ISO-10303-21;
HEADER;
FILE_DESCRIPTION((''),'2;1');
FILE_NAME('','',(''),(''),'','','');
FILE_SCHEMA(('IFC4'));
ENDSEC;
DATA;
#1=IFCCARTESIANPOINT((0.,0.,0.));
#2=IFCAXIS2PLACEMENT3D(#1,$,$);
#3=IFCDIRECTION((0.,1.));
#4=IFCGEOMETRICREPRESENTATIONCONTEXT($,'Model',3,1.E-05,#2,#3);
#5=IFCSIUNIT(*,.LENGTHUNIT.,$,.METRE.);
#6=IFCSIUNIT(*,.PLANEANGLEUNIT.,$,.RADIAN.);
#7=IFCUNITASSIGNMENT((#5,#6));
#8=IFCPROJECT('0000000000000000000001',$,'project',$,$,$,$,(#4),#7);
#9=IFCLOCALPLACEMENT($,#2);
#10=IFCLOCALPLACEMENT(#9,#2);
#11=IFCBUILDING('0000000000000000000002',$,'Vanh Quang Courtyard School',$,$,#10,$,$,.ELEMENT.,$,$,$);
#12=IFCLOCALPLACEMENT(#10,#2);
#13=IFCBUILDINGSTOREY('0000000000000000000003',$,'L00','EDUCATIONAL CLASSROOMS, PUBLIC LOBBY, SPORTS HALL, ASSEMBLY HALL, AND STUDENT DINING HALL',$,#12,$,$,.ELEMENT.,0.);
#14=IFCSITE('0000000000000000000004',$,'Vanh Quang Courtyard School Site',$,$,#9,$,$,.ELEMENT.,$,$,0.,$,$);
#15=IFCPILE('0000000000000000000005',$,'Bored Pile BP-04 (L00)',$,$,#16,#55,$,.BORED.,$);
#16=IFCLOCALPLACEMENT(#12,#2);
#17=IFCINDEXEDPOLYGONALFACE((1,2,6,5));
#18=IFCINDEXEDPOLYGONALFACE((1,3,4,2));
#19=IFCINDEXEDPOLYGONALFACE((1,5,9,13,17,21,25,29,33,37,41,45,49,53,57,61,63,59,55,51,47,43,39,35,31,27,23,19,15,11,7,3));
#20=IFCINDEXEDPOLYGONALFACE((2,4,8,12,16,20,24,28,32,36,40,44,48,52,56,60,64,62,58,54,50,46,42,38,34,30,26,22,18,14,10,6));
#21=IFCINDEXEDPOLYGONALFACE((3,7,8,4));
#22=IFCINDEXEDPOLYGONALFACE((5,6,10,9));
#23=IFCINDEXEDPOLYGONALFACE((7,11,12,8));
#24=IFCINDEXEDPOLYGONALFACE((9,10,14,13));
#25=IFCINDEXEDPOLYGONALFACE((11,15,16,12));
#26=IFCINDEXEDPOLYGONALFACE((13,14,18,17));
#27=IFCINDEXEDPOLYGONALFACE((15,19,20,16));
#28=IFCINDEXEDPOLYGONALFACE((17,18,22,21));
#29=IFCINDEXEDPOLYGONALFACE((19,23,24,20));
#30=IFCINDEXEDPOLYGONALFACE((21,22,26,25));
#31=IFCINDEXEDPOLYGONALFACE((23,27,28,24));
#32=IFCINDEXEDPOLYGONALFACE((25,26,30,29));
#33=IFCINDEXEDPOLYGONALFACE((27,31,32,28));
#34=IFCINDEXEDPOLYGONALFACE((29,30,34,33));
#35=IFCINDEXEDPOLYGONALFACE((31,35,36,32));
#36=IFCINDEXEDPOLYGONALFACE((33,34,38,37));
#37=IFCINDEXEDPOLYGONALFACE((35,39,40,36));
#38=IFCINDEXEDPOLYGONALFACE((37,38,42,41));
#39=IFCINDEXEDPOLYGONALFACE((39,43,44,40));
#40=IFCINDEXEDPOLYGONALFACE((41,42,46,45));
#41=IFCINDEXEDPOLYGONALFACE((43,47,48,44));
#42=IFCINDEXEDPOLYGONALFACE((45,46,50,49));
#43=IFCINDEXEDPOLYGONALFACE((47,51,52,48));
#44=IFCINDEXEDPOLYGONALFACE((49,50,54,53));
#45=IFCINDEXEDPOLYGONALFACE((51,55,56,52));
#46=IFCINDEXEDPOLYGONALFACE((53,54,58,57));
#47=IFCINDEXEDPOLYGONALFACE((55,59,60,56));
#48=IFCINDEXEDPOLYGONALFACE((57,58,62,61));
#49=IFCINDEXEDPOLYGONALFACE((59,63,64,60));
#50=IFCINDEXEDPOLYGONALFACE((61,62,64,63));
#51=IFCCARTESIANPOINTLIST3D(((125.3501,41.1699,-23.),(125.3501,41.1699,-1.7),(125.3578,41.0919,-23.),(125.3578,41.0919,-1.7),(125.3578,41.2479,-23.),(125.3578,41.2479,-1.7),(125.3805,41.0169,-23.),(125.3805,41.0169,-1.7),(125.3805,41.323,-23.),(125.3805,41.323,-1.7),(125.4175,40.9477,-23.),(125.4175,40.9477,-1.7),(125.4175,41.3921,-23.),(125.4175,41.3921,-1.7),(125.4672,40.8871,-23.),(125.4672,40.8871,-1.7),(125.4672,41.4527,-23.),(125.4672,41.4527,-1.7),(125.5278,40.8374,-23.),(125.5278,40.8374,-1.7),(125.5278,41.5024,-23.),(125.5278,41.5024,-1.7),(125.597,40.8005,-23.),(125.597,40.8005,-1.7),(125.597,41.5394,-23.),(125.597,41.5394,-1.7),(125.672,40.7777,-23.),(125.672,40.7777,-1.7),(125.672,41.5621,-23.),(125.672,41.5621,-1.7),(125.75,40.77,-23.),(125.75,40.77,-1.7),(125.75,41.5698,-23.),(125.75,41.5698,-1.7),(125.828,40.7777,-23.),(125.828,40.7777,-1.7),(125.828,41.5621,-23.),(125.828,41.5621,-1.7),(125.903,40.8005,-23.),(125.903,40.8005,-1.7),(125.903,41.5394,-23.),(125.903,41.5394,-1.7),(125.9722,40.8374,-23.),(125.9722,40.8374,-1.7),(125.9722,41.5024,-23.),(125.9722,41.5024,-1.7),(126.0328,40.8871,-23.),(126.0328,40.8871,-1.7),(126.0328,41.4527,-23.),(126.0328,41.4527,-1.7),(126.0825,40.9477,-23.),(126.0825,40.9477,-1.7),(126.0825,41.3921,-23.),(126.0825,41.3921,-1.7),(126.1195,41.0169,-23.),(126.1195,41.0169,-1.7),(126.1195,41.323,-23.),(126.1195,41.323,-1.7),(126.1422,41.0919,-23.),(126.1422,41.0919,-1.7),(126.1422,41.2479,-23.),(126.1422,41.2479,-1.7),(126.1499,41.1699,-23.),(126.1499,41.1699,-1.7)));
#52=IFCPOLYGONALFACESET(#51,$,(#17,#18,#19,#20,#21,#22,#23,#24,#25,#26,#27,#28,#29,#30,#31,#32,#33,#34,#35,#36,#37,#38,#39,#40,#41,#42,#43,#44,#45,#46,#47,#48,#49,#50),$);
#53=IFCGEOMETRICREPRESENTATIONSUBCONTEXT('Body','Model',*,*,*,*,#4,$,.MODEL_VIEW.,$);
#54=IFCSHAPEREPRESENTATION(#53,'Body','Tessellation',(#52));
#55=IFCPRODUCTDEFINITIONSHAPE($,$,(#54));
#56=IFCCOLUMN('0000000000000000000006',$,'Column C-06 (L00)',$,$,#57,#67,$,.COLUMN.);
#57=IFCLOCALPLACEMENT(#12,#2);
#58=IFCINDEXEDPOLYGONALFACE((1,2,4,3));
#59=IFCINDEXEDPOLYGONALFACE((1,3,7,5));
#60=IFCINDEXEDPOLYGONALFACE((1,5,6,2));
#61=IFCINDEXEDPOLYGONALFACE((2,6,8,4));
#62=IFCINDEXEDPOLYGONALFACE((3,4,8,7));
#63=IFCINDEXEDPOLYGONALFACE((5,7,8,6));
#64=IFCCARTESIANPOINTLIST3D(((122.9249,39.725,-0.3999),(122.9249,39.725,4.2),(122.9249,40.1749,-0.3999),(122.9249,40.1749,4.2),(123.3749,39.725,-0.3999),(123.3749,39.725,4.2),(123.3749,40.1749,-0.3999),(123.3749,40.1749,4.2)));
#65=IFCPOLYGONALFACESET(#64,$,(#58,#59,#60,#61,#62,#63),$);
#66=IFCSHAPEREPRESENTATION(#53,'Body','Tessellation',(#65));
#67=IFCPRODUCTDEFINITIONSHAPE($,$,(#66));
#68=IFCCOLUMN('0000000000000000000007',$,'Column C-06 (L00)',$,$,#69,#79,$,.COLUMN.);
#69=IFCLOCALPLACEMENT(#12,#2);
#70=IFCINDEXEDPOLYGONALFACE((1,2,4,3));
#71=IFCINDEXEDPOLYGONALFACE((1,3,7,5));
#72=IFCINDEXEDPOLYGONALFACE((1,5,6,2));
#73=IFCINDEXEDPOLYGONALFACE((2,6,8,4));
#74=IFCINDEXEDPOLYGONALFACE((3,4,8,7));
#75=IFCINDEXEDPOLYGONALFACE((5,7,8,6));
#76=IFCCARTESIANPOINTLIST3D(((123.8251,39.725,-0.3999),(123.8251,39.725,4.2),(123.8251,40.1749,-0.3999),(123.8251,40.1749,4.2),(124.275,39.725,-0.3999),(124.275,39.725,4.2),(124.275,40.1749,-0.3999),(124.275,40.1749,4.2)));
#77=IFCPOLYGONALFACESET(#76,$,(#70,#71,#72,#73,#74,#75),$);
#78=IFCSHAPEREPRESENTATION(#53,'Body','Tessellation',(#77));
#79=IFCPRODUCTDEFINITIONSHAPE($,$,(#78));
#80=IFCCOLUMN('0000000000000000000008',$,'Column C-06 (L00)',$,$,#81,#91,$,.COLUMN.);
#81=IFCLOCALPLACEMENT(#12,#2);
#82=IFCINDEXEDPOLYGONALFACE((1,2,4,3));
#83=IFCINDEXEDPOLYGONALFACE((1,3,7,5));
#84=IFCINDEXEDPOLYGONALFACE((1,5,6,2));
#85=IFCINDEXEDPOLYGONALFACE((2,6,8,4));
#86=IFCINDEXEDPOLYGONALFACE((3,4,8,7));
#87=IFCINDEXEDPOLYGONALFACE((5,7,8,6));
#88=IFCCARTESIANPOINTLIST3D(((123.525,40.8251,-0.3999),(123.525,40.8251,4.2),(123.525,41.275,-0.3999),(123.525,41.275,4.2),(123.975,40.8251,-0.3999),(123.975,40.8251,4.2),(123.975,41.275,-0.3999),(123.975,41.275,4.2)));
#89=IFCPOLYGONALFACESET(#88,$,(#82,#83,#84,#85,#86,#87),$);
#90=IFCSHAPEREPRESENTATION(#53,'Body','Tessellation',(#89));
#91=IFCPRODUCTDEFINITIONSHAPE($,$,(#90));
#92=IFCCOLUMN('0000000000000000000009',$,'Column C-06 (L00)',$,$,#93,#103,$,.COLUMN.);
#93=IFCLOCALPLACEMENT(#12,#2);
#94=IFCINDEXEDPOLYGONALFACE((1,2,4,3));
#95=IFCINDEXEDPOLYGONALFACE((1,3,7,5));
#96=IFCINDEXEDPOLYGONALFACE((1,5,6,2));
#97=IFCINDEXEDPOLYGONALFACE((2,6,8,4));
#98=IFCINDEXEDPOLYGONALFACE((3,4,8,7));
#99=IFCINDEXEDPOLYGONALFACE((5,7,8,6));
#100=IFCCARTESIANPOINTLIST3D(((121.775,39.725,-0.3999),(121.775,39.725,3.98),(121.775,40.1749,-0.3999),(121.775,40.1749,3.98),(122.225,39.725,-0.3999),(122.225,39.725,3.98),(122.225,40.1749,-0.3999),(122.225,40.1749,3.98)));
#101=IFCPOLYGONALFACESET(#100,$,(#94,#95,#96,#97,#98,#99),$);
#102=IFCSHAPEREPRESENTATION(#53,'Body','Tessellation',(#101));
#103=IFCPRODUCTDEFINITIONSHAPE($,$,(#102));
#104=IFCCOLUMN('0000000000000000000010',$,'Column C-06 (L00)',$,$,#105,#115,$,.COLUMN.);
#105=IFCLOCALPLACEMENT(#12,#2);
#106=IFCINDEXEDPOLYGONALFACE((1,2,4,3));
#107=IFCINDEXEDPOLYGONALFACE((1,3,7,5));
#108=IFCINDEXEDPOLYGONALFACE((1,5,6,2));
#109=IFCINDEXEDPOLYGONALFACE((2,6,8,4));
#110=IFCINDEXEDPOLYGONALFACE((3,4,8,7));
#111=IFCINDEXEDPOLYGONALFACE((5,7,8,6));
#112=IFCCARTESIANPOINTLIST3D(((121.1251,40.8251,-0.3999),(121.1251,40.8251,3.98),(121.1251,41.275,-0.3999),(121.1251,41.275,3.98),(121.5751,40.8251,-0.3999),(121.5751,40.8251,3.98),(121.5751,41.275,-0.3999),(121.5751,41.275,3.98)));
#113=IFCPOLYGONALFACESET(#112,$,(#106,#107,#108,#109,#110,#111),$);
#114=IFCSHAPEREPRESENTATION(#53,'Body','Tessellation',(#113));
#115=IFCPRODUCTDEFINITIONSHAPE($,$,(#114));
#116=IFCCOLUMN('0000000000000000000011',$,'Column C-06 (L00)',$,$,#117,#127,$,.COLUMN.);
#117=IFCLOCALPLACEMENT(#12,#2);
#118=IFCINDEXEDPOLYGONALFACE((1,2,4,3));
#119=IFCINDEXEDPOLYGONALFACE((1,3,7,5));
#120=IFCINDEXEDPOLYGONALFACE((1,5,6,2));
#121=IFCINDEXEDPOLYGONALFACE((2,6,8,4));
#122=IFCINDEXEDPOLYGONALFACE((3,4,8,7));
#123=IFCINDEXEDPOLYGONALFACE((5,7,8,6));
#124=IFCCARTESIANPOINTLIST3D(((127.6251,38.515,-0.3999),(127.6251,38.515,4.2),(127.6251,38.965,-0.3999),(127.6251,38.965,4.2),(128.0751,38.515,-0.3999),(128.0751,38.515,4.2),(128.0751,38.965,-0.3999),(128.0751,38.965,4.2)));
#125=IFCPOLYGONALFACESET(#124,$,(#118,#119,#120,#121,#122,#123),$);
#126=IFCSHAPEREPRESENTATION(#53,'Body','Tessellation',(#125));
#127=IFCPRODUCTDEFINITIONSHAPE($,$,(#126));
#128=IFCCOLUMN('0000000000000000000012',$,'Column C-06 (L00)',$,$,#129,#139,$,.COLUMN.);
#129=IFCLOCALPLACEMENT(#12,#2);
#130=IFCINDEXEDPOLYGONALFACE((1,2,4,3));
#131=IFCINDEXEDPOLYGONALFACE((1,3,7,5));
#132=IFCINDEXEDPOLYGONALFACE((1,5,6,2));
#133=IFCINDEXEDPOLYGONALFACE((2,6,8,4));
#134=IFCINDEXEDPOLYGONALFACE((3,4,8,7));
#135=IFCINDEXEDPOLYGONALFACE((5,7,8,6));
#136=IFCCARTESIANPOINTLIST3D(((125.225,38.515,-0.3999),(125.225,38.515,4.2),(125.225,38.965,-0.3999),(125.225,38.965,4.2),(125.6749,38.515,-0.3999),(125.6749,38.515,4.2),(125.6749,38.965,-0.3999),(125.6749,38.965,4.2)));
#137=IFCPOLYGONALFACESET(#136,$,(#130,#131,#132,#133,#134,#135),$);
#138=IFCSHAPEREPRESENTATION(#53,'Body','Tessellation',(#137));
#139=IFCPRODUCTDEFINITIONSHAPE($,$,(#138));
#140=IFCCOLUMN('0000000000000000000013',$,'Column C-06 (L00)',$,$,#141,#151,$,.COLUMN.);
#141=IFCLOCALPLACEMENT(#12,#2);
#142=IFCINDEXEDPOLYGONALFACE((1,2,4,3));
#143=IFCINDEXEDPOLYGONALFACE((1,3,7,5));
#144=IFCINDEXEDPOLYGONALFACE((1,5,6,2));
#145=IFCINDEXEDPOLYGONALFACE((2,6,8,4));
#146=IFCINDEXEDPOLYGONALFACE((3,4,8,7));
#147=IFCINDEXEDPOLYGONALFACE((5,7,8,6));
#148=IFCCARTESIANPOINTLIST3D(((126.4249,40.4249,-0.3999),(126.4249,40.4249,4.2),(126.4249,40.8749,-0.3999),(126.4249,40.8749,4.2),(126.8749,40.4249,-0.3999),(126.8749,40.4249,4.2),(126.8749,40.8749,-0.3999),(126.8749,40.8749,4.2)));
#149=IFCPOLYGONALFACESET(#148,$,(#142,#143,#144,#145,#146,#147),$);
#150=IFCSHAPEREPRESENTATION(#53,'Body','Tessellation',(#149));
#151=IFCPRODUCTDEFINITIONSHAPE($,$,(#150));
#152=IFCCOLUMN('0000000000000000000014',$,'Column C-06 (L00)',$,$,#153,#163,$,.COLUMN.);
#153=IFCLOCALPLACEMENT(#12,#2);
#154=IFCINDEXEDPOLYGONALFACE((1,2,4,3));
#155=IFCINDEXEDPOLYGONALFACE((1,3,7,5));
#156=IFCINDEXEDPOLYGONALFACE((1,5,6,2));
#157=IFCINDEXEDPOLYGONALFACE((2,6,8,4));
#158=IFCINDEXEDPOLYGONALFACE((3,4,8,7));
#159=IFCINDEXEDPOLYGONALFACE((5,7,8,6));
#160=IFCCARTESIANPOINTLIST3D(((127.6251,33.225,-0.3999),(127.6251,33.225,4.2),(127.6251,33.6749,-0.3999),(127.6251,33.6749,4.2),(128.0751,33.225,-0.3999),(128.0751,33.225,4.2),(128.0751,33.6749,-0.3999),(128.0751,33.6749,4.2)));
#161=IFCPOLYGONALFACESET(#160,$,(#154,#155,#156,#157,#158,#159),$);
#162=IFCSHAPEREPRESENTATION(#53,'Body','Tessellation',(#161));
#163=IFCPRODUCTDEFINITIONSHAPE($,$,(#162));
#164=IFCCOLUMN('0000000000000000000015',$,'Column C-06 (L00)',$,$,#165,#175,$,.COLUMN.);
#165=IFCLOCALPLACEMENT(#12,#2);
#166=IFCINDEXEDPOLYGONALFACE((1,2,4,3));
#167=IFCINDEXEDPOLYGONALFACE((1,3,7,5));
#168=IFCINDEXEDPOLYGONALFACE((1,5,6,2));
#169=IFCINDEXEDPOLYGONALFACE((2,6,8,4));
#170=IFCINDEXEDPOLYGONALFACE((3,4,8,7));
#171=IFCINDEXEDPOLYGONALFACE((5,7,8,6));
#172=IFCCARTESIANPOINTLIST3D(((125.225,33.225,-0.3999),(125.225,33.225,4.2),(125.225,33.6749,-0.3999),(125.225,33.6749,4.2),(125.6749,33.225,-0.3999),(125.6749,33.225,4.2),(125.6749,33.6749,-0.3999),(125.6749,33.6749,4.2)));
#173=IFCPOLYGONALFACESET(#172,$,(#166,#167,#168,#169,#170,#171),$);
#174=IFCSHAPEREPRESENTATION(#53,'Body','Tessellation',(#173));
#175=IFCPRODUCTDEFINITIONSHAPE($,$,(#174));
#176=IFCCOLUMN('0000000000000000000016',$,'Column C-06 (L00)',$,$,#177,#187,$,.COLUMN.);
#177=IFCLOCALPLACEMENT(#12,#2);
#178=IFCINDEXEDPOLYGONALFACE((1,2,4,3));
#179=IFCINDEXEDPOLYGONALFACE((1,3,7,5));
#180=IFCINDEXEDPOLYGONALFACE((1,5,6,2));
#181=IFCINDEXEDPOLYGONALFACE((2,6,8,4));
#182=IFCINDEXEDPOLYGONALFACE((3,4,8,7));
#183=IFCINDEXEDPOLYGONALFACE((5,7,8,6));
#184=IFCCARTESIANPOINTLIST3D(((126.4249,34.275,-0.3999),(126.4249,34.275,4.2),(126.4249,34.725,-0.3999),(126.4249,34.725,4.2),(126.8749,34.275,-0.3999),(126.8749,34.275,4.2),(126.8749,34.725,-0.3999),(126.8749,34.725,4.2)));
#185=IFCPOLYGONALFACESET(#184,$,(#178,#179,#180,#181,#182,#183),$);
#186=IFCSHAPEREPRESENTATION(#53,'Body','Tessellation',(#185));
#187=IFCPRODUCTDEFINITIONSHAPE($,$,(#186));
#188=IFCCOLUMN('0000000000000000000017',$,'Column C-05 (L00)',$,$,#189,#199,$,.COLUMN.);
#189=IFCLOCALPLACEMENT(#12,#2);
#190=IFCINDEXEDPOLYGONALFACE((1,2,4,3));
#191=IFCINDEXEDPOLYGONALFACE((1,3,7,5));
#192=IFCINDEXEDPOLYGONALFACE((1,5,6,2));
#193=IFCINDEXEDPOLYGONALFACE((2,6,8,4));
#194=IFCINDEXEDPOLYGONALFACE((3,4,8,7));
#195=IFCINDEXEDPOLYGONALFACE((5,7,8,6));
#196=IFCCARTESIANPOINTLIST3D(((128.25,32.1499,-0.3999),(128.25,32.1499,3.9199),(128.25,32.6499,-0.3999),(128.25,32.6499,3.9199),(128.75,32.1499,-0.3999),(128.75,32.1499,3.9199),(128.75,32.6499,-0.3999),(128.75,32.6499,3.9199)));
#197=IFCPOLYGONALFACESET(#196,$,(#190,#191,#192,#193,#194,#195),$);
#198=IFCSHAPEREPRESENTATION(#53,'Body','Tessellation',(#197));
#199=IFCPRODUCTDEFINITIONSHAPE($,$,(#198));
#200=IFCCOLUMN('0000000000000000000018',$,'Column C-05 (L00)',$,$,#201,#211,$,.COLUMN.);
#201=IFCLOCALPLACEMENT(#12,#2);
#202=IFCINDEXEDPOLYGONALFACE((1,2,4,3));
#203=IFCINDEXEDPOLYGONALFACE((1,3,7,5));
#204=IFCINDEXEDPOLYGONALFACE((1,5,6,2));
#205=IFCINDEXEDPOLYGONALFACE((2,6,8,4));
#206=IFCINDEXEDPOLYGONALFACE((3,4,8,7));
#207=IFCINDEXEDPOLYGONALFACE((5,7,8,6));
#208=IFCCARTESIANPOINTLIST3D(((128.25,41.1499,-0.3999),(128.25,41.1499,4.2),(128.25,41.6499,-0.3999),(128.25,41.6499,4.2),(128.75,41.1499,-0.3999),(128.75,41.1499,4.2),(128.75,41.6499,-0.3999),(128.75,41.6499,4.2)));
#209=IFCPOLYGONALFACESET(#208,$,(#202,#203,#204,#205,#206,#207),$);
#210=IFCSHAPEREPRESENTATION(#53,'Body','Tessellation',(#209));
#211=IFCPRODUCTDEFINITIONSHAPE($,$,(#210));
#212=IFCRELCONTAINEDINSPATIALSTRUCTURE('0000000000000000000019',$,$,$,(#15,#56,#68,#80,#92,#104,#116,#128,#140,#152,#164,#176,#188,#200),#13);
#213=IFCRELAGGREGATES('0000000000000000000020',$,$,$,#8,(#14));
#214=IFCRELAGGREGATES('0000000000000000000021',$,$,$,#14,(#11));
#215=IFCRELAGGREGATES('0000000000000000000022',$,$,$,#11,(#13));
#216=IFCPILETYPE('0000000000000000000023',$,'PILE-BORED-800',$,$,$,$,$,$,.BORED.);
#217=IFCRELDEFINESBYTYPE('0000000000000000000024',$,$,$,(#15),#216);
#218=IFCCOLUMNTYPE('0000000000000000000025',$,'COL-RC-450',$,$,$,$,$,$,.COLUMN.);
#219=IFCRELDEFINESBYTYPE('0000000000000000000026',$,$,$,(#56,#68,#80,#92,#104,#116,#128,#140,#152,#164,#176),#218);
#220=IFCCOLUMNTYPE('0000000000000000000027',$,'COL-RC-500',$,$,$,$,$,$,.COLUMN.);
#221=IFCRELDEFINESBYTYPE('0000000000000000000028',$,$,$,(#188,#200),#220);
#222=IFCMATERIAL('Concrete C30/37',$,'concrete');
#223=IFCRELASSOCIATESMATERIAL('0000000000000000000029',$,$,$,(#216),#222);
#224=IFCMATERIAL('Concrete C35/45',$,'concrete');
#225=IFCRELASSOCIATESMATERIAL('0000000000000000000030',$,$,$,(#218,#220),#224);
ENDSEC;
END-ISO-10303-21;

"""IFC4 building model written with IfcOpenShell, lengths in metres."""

from ifc_helpers import new_model, si_unit, direction, frame, origin, origin_2d, place, context, subcontext, project, spatial, rectangle, circle, extrude, material, material_profile, profile_set, type_object, element, save


model = new_model("IFC4")

# Units and contexts
model_context = context("Model", 3, precision=1e-05, world=origin(), true_north=direction((0.0, 1.0)))
body_context = subcontext(model_context, "Body", "Model", "MODEL_VIEW")
ifc_project = project(units=[si_unit("LENGTHUNIT", "METRE"), si_unit("PLANEANGLEUNIT", "RADIAN")], contexts=[model_context])

# Site, building, storey
site_placement = place(None, origin())
site = spatial("IfcSite", under=ifc_project, at=site_placement, Name="Vanh Quang Courtyard School Site", CompositionType="ELEMENT", RefElevation=0.0)
building_placement = place(site_placement, origin())
building = spatial("IfcBuilding", under=site, at=building_placement, Name="Vanh Quang Courtyard School", CompositionType="ELEMENT")
storey_placement = place(building_placement, origin())
storey = spatial("IfcBuildingStorey", under=building, at=storey_placement, Name="L00", Description="EDUCATIONAL CLASSROOMS, PUBLIC LOBBY, SPORTS HALL, ASSEMBLY HALL, AND STUDENT DINING HALL", CompositionType="ELEMENT", Elevation=0.0)

# Shared definitions
ifc_material_1 = material(Name="Concrete C35/45", Category="concrete")

# Pile
ifc_material_2 = material(Name="Concrete C30/37", Category="concrete")
ifc_material_profile_1 = material_profile(ifc_material_2, circle(Radius=0.3999, at=origin_2d()), Name="PILE D800")
ifc_profile_set_1 = profile_set([ifc_material_profile_1], Name="Concrete C30/37")
pile_type_1 = type_object("IfcPileType", Name="PILE-BORED-800", PredefinedType="BORED", material=ifc_profile_set_1)
for number, where, z_axis, x_axis, name in (
    (1, (125.75, 41.1699, -1.7), (0.0, 0.0, -1.0), (1.0, 0.0, 0.0), "Bored Pile BP-04 (L00)"),
):
    element("IfcPile", number, at=place(storey_placement, frame(where, z_axis=z_axis, x_axis=x_axis)), inside=storey, type_object=pile_type_1, Name=name, PredefinedType="BORED", context=body_context, shape_type="SweptSolid", body=[
        extrude(circle(Radius=0.3999, at=origin_2d()), origin(), (0.0, 0.0, 1.0), 21.3),
    ])

# Columns
ifc_material_profile_2 = material_profile(ifc_material_1, rectangle(XDim=0.45, YDim=0.45, at=origin_2d()), Name="RC-COL 450x450")
ifc_profile_set_2 = profile_set([ifc_material_profile_2], Name="Concrete C35/45")
column_type_1 = type_object("IfcColumnType", Name="COL-RC-450", PredefinedType="COLUMN", material=ifc_profile_set_2)
for number, where, z_axis, x_axis, name in (
    (2, (123.1499, 39.95, -0.3999), (0.0, 0.0, 1.0), (1.0, 0.0, 0.0), "Column C-06 (L00)"),
    (3, (124.05, 39.95, -0.3999), (0.0, 0.0, 1.0), (1.0, 0.0, 0.0), "Column C-06 (L00)"),
    (4, (123.75, 41.05, -0.3999), (0.0, 0.0, 1.0), (1.0, 0.0, 0.0), "Column C-06 (L00)"),
):
    element("IfcColumn", number, at=place(storey_placement, frame(where, z_axis=z_axis, x_axis=x_axis)), inside=storey, type_object=column_type_1, Name=name, PredefinedType="COLUMN", context=body_context, shape_type="SweptSolid", body=[
        extrude(rectangle(XDim=0.45, YDim=0.45, at=origin_2d()), origin(), (0.0, 0.0, 1.0), 4.5999),
    ])
for number, where, z_axis, x_axis, name in (
    (5, (122.0, 39.95, -0.3999), (0.0, 0.0, 1.0), (1.0, 0.0, 0.0), "Column C-06 (L00)"),
    (6, (121.3501, 41.05, -0.3999), (0.0, 0.0, 1.0), (1.0, 0.0, 0.0), "Column C-06 (L00)"),
):
    element("IfcColumn", number, at=place(storey_placement, frame(where, z_axis=z_axis, x_axis=x_axis)), inside=storey, type_object=column_type_1, Name=name, PredefinedType="COLUMN", context=body_context, shape_type="SweptSolid", body=[
        extrude(rectangle(XDim=0.45, YDim=0.45, at=origin_2d()), origin(), (0.0, 0.0, 1.0), 4.3799),
    ])
for number, where, z_axis, x_axis, name in (
    (7, (127.8501, 38.74, -0.3999), (0.0, 0.0, 1.0), (1.0, 0.0, 0.0), "Column C-06 (L00)"),
    (8, (125.45, 38.74, -0.3999), (0.0, 0.0, 1.0), (1.0, 0.0, 0.0), "Column C-06 (L00)"),
    (9, (126.6499, 40.6499, -0.3999), (0.0, 0.0, 1.0), (1.0, 0.0, 0.0), "Column C-06 (L00)"),
    (10, (127.8501, 33.45, -0.3999), (0.0, 0.0, 1.0), (1.0, 0.0, 0.0), "Column C-06 (L00)"),
    (11, (125.45, 33.45, -0.3999), (0.0, 0.0, 1.0), (1.0, 0.0, 0.0), "Column C-06 (L00)"),
    (12, (126.6499, 34.5, -0.3999), (0.0, 0.0, 1.0), (1.0, 0.0, 0.0), "Column C-06 (L00)"),
):
    element("IfcColumn", number, at=place(storey_placement, frame(where, z_axis=z_axis, x_axis=x_axis)), inside=storey, type_object=column_type_1, Name=name, PredefinedType="COLUMN", context=body_context, shape_type="SweptSolid", body=[
        extrude(rectangle(XDim=0.45, YDim=0.45, at=origin_2d()), origin(), (0.0, 0.0, 1.0), 4.5999),
    ])
ifc_material_profile_3 = material_profile(ifc_material_1, rectangle(XDim=0.5, YDim=0.5, at=origin_2d()), Name="RC-COL 500x500")
ifc_profile_set_3 = profile_set([ifc_material_profile_3], Name="Concrete C35/45")
column_type_2 = type_object("IfcColumnType", Name="COL-RC-500", PredefinedType="COLUMN", material=ifc_profile_set_3)
column_1_placement = place(storey_placement, frame((128.5, 32.3999, -0.3999), z_axis=(0.0, 0.0, 1.0), x_axis=(1.0, 0.0, 0.0)))
element("IfcColumn", 13, at=column_1_placement, inside=storey, type_object=column_type_2, Name="Column C-05 (L00)", PredefinedType="COLUMN", context=body_context, shape_type="SweptSolid", body=[
    extrude(rectangle(XDim=0.5, YDim=0.5, at=origin_2d()), origin(), (0.0, 0.0, 1.0), 4.3198),
])
column_2_placement = place(storey_placement, frame((128.5, 41.3999, -0.3999), z_axis=(0.0, 0.0, 1.0), x_axis=(1.0, 0.0, 0.0)))
element("IfcColumn", 14, at=column_2_placement, inside=storey, type_object=column_type_2, Name="Column C-05 (L00)", PredefinedType="COLUMN", context=body_context, shape_type="SweptSolid", body=[
    extrude(rectangle(XDim=0.5, YDim=0.5, at=origin_2d()), origin(), (0.0, 0.0, 1.0), 4.5999),
])

save(model, "model.ifc")
